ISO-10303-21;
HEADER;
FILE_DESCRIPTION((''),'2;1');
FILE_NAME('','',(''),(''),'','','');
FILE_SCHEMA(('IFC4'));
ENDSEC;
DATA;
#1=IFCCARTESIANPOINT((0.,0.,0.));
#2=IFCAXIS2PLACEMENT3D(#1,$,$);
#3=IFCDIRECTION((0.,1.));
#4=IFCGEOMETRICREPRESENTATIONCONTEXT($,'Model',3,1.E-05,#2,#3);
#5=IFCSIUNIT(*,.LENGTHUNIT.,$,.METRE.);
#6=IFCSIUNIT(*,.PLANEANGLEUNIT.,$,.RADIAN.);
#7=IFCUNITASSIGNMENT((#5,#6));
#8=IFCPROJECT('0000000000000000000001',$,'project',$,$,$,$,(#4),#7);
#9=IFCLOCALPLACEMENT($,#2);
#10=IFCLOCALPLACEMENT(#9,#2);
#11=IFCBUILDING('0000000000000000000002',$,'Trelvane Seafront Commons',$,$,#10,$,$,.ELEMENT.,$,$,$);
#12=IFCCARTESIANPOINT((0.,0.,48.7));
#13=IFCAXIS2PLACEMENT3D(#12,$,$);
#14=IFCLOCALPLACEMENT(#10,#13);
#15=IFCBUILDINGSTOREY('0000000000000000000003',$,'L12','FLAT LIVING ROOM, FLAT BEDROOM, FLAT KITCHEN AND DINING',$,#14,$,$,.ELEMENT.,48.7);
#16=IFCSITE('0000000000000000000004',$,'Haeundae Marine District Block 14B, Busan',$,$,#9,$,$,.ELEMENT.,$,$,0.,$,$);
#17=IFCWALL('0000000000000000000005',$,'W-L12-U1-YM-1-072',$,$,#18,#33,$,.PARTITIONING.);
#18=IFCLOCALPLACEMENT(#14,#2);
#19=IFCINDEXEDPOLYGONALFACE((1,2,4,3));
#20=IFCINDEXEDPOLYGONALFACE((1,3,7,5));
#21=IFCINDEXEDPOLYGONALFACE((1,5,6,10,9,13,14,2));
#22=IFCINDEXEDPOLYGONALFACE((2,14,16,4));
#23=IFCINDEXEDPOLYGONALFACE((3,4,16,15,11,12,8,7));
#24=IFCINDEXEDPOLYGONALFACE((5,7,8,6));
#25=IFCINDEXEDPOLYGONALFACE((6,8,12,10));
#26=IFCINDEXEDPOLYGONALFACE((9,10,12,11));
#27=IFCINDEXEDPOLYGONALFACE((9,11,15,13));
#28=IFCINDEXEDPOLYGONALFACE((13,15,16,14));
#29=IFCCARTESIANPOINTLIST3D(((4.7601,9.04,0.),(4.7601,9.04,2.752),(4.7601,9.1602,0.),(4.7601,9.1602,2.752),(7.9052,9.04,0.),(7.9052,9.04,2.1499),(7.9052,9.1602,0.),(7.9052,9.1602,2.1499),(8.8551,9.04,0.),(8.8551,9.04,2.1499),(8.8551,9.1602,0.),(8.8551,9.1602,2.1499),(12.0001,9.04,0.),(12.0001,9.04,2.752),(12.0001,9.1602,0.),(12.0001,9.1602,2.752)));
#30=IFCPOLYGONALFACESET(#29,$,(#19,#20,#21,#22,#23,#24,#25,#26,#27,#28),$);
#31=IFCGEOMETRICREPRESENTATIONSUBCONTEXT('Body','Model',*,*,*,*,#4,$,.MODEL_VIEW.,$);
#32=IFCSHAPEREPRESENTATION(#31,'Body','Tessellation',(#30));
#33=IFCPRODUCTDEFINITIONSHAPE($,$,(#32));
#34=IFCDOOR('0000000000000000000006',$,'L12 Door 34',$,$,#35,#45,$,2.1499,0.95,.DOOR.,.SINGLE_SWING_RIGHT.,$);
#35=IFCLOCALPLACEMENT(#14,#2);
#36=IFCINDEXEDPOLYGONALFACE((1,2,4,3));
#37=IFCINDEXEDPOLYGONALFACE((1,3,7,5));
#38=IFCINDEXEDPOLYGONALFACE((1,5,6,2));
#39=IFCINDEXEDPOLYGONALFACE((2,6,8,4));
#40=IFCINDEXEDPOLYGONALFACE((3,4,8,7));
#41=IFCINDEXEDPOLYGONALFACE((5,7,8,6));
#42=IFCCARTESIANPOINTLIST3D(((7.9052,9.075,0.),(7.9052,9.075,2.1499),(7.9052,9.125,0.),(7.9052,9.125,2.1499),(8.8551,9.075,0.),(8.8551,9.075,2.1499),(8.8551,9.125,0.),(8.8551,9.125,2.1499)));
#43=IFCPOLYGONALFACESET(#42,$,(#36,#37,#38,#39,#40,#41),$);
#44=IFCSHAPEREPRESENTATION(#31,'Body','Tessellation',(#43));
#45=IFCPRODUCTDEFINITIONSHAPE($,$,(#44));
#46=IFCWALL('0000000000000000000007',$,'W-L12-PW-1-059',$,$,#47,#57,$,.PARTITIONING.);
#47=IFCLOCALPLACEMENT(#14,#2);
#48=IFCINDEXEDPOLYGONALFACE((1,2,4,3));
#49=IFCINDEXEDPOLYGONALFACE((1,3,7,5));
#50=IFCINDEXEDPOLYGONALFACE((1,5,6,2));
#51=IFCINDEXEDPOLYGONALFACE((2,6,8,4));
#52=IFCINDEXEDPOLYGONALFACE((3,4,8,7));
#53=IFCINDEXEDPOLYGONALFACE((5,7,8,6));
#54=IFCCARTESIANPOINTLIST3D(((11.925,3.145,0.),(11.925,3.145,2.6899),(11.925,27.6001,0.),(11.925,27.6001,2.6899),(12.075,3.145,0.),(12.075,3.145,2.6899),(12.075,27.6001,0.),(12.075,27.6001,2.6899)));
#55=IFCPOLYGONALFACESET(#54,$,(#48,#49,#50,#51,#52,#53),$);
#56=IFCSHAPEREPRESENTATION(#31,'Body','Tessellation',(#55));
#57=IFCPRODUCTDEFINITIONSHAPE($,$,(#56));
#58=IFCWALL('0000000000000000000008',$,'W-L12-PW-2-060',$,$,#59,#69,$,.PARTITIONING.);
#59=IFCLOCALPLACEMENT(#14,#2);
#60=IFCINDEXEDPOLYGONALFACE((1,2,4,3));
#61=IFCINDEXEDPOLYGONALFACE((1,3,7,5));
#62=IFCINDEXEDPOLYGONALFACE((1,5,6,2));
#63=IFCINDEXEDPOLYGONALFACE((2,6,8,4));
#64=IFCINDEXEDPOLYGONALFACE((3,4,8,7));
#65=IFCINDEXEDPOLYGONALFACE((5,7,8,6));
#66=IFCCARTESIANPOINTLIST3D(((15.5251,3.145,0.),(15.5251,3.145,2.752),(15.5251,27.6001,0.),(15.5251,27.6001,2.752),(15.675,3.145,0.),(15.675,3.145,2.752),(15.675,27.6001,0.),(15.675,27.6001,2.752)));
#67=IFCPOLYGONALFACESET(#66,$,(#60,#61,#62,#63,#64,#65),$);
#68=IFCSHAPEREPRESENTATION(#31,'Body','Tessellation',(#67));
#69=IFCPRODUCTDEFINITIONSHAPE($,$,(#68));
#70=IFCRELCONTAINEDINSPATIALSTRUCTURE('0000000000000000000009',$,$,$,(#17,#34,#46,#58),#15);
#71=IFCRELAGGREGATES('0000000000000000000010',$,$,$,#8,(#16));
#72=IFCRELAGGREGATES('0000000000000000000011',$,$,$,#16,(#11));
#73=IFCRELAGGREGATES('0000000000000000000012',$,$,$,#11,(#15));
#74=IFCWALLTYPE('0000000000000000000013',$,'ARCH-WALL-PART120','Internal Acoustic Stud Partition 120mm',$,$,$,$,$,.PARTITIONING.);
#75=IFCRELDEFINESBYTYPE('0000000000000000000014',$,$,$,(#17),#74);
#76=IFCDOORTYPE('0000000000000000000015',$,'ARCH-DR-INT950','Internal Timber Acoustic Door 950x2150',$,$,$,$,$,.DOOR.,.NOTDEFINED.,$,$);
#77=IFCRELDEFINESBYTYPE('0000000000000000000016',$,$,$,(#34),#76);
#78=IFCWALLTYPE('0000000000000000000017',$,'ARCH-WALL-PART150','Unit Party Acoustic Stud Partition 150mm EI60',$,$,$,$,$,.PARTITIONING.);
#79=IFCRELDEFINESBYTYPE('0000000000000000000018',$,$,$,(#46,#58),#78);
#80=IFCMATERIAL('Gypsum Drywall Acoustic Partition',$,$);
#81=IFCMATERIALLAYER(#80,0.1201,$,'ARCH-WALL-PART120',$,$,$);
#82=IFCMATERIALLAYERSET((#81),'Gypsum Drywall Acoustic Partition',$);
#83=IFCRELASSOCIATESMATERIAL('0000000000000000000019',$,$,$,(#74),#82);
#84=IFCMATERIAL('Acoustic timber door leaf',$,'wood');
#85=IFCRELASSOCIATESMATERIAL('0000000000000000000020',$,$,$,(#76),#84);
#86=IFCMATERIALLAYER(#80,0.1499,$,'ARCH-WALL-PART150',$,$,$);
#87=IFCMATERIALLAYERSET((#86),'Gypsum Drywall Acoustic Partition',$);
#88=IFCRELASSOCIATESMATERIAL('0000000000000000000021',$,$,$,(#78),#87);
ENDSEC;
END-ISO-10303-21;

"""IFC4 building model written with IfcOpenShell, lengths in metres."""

from ifc_helpers import new_model, si_unit, direction, frame, frame_2d, origin, place, context, subcontext, project, spatial, rectangle, extrude, source, transform, mapped, material, layer, layer_set, type_object, element, fill, save


model = new_model("IFC4")

# Units and contexts
model_context = context("Model", 3, precision=1e-05, world=origin(), true_north=direction((0.0, 1.0)))
body_context = subcontext(model_context, "Body", "Model", "MODEL_VIEW")
ifc_project = project(units=[si_unit("LENGTHUNIT", "METRE"), si_unit("PLANEANGLEUNIT", "RADIAN")], contexts=[model_context])

# Site, building, storey
site_placement = place(None, origin())
site = spatial("IfcSite", under=ifc_project, at=site_placement, Name="Haeundae Marine District Block 14B, Busan", CompositionType="ELEMENT", RefElevation=0.0)
building_placement = place(site_placement, origin())
building = spatial("IfcBuilding", under=site, at=building_placement, Name="Trelvane Seafront Commons", CompositionType="ELEMENT")
storey_placement = place(building_placement, frame((0.0, 0.0, 48.7)))
storey = spatial("IfcBuildingStorey", under=building, at=storey_placement, Name="L12", Description="FLAT LIVING ROOM, FLAT BEDROOM, FLAT KITCHEN AND DINING", CompositionType="ELEMENT", Elevation=48.7)

# Wall, opening, door
ifc_material_1 = material(Name="Gypsum Drywall Acoustic Partition")
ifc_layer_1 = layer(ifc_material_1, 0.1201, Name="ARCH-WALL-PART120")
ifc_layer_set_1 = layer_set([ifc_layer_1], Name="Gypsum Drywall Acoustic Partition")
wall_type_1 = type_object("IfcWallType", Name="ARCH-WALL-PART120", Description="Internal Acoustic Stud Partition 120mm", PredefinedType="PARTITIONING", material=ifc_layer_set_1)
wall_1_placement = place(storey_placement, frame((4.76, 9.1001, 0.0), z_axis=(0.0, 0.0, 1.0), x_axis=(1.0, 0.0, 0.0)))
wall_1 = element("IfcWall", 1, at=wall_1_placement, inside=storey, type_object=wall_type_1, Name="W-L12-U1-YM-1-072", PredefinedType="PARTITIONING", context=body_context, shape_type="SweptSolid", body=[
    extrude(rectangle(XDim=7.24, YDim=0.1201, at=frame_2d((3.6201, 0.0))), origin(), (0.0, 0.0, 1.0), 2.752),
])
opening_1_placement = place(wall_1_placement, frame((3.145, 0.0, 0.0)))
opening_1 = element("IfcOpeningElement", 2, at=opening_1_placement, cuts=wall_1, PredefinedType="OPENING", context=body_context, shape_type="SweptSolid", body=[
    extrude(rectangle(XDim=0.95, YDim=2.1499, at=frame_2d((0.4751, 1.075))), frame((0.0, 0.0701, 0.0), z_axis=(0.0, -1.0, 0.0), x_axis=(1.0, 0.0, 0.0)), (0.0, 0.0, 1.0), 0.1401),
])
ifc_material_2 = material(Name="Acoustic timber door leaf", Category="wood")
door_type = type_object("IfcDoorType", Name="ARCH-DR-INT950", Description="Internal Timber Acoustic Door 950x2150", OperationType="NOTDEFINED", PredefinedType="DOOR", material=ifc_material_2)
shared_shape_1 = source(origin(), body_context, "Body", "SweptSolid", [
    extrude(rectangle(XDim=0.95, YDim=2.1499, at=frame_2d((0.4751, 1.075))), frame((0.0, 0.0249, 0.0), z_axis=(0.0, -1.0, 0.0), x_axis=(1.0, 0.0, 0.0)), (0.0, 0.0, 1.0), 0.05),
])
door_1_placement = place(opening_1_placement, origin())
door_1 = element("IfcDoor", 3, at=door_1_placement, inside=storey, type_object=door_type, Name="L12 Door 34", OperationType="SINGLE_SWING_RIGHT", OverallHeight=2.1499, OverallWidth=0.95, PredefinedType="DOOR", context=body_context, shape_type="MappedRepresentation", body=[
    mapped(shared_shape_1, transform((0.0, 0.0, 0.0), x_axis=(1.0, 0.0, 0.0), y_axis=(0.0, 1.0, 0.0), z_axis=(0.0, 0.0, 1.0), scale=1.0)),
])
fill(opening_1, door_1)

# Walls
ifc_layer_2 = layer(ifc_material_1, 0.1499, Name="ARCH-WALL-PART150")
ifc_layer_set_2 = layer_set([ifc_layer_2], Name="Gypsum Drywall Acoustic Partition")
wall_type_2 = type_object("IfcWallType", Name="ARCH-WALL-PART150", Description="Unit Party Acoustic Stud Partition 150mm EI60", PredefinedType="PARTITIONING", material=ifc_layer_set_2)
wall_2_placement = place(storey_placement, frame((12.0, 3.145, 0.0), z_axis=(0.0, 0.0, 1.0), x_axis=(0.0, 1.0, 0.0)))
element("IfcWall", 4, at=wall_2_placement, inside=storey, type_object=wall_type_2, Name="W-L12-PW-1-059", PredefinedType="PARTITIONING", context=body_context, shape_type="SweptSolid", body=[
    extrude(rectangle(XDim=24.4551, YDim=0.1499, at=frame_2d((12.2275, 0.0))), origin(), (0.0, 0.0, 1.0), 2.6899),
])
wall_3_placement = place(storey_placement, frame((15.6001, 3.145, 0.0), z_axis=(0.0, 0.0, 1.0), x_axis=(0.0, 1.0, 0.0)))
element("IfcWall", 5, at=wall_3_placement, inside=storey, type_object=wall_type_2, Name="W-L12-PW-2-060", PredefinedType="PARTITIONING", context=body_context, shape_type="SweptSolid", body=[
    extrude(rectangle(XDim=24.4551, YDim=0.1499, at=frame_2d((12.2275, 0.0))), origin(), (0.0, 0.0, 1.0), 2.752),
])

save(model, "model.ifc")
